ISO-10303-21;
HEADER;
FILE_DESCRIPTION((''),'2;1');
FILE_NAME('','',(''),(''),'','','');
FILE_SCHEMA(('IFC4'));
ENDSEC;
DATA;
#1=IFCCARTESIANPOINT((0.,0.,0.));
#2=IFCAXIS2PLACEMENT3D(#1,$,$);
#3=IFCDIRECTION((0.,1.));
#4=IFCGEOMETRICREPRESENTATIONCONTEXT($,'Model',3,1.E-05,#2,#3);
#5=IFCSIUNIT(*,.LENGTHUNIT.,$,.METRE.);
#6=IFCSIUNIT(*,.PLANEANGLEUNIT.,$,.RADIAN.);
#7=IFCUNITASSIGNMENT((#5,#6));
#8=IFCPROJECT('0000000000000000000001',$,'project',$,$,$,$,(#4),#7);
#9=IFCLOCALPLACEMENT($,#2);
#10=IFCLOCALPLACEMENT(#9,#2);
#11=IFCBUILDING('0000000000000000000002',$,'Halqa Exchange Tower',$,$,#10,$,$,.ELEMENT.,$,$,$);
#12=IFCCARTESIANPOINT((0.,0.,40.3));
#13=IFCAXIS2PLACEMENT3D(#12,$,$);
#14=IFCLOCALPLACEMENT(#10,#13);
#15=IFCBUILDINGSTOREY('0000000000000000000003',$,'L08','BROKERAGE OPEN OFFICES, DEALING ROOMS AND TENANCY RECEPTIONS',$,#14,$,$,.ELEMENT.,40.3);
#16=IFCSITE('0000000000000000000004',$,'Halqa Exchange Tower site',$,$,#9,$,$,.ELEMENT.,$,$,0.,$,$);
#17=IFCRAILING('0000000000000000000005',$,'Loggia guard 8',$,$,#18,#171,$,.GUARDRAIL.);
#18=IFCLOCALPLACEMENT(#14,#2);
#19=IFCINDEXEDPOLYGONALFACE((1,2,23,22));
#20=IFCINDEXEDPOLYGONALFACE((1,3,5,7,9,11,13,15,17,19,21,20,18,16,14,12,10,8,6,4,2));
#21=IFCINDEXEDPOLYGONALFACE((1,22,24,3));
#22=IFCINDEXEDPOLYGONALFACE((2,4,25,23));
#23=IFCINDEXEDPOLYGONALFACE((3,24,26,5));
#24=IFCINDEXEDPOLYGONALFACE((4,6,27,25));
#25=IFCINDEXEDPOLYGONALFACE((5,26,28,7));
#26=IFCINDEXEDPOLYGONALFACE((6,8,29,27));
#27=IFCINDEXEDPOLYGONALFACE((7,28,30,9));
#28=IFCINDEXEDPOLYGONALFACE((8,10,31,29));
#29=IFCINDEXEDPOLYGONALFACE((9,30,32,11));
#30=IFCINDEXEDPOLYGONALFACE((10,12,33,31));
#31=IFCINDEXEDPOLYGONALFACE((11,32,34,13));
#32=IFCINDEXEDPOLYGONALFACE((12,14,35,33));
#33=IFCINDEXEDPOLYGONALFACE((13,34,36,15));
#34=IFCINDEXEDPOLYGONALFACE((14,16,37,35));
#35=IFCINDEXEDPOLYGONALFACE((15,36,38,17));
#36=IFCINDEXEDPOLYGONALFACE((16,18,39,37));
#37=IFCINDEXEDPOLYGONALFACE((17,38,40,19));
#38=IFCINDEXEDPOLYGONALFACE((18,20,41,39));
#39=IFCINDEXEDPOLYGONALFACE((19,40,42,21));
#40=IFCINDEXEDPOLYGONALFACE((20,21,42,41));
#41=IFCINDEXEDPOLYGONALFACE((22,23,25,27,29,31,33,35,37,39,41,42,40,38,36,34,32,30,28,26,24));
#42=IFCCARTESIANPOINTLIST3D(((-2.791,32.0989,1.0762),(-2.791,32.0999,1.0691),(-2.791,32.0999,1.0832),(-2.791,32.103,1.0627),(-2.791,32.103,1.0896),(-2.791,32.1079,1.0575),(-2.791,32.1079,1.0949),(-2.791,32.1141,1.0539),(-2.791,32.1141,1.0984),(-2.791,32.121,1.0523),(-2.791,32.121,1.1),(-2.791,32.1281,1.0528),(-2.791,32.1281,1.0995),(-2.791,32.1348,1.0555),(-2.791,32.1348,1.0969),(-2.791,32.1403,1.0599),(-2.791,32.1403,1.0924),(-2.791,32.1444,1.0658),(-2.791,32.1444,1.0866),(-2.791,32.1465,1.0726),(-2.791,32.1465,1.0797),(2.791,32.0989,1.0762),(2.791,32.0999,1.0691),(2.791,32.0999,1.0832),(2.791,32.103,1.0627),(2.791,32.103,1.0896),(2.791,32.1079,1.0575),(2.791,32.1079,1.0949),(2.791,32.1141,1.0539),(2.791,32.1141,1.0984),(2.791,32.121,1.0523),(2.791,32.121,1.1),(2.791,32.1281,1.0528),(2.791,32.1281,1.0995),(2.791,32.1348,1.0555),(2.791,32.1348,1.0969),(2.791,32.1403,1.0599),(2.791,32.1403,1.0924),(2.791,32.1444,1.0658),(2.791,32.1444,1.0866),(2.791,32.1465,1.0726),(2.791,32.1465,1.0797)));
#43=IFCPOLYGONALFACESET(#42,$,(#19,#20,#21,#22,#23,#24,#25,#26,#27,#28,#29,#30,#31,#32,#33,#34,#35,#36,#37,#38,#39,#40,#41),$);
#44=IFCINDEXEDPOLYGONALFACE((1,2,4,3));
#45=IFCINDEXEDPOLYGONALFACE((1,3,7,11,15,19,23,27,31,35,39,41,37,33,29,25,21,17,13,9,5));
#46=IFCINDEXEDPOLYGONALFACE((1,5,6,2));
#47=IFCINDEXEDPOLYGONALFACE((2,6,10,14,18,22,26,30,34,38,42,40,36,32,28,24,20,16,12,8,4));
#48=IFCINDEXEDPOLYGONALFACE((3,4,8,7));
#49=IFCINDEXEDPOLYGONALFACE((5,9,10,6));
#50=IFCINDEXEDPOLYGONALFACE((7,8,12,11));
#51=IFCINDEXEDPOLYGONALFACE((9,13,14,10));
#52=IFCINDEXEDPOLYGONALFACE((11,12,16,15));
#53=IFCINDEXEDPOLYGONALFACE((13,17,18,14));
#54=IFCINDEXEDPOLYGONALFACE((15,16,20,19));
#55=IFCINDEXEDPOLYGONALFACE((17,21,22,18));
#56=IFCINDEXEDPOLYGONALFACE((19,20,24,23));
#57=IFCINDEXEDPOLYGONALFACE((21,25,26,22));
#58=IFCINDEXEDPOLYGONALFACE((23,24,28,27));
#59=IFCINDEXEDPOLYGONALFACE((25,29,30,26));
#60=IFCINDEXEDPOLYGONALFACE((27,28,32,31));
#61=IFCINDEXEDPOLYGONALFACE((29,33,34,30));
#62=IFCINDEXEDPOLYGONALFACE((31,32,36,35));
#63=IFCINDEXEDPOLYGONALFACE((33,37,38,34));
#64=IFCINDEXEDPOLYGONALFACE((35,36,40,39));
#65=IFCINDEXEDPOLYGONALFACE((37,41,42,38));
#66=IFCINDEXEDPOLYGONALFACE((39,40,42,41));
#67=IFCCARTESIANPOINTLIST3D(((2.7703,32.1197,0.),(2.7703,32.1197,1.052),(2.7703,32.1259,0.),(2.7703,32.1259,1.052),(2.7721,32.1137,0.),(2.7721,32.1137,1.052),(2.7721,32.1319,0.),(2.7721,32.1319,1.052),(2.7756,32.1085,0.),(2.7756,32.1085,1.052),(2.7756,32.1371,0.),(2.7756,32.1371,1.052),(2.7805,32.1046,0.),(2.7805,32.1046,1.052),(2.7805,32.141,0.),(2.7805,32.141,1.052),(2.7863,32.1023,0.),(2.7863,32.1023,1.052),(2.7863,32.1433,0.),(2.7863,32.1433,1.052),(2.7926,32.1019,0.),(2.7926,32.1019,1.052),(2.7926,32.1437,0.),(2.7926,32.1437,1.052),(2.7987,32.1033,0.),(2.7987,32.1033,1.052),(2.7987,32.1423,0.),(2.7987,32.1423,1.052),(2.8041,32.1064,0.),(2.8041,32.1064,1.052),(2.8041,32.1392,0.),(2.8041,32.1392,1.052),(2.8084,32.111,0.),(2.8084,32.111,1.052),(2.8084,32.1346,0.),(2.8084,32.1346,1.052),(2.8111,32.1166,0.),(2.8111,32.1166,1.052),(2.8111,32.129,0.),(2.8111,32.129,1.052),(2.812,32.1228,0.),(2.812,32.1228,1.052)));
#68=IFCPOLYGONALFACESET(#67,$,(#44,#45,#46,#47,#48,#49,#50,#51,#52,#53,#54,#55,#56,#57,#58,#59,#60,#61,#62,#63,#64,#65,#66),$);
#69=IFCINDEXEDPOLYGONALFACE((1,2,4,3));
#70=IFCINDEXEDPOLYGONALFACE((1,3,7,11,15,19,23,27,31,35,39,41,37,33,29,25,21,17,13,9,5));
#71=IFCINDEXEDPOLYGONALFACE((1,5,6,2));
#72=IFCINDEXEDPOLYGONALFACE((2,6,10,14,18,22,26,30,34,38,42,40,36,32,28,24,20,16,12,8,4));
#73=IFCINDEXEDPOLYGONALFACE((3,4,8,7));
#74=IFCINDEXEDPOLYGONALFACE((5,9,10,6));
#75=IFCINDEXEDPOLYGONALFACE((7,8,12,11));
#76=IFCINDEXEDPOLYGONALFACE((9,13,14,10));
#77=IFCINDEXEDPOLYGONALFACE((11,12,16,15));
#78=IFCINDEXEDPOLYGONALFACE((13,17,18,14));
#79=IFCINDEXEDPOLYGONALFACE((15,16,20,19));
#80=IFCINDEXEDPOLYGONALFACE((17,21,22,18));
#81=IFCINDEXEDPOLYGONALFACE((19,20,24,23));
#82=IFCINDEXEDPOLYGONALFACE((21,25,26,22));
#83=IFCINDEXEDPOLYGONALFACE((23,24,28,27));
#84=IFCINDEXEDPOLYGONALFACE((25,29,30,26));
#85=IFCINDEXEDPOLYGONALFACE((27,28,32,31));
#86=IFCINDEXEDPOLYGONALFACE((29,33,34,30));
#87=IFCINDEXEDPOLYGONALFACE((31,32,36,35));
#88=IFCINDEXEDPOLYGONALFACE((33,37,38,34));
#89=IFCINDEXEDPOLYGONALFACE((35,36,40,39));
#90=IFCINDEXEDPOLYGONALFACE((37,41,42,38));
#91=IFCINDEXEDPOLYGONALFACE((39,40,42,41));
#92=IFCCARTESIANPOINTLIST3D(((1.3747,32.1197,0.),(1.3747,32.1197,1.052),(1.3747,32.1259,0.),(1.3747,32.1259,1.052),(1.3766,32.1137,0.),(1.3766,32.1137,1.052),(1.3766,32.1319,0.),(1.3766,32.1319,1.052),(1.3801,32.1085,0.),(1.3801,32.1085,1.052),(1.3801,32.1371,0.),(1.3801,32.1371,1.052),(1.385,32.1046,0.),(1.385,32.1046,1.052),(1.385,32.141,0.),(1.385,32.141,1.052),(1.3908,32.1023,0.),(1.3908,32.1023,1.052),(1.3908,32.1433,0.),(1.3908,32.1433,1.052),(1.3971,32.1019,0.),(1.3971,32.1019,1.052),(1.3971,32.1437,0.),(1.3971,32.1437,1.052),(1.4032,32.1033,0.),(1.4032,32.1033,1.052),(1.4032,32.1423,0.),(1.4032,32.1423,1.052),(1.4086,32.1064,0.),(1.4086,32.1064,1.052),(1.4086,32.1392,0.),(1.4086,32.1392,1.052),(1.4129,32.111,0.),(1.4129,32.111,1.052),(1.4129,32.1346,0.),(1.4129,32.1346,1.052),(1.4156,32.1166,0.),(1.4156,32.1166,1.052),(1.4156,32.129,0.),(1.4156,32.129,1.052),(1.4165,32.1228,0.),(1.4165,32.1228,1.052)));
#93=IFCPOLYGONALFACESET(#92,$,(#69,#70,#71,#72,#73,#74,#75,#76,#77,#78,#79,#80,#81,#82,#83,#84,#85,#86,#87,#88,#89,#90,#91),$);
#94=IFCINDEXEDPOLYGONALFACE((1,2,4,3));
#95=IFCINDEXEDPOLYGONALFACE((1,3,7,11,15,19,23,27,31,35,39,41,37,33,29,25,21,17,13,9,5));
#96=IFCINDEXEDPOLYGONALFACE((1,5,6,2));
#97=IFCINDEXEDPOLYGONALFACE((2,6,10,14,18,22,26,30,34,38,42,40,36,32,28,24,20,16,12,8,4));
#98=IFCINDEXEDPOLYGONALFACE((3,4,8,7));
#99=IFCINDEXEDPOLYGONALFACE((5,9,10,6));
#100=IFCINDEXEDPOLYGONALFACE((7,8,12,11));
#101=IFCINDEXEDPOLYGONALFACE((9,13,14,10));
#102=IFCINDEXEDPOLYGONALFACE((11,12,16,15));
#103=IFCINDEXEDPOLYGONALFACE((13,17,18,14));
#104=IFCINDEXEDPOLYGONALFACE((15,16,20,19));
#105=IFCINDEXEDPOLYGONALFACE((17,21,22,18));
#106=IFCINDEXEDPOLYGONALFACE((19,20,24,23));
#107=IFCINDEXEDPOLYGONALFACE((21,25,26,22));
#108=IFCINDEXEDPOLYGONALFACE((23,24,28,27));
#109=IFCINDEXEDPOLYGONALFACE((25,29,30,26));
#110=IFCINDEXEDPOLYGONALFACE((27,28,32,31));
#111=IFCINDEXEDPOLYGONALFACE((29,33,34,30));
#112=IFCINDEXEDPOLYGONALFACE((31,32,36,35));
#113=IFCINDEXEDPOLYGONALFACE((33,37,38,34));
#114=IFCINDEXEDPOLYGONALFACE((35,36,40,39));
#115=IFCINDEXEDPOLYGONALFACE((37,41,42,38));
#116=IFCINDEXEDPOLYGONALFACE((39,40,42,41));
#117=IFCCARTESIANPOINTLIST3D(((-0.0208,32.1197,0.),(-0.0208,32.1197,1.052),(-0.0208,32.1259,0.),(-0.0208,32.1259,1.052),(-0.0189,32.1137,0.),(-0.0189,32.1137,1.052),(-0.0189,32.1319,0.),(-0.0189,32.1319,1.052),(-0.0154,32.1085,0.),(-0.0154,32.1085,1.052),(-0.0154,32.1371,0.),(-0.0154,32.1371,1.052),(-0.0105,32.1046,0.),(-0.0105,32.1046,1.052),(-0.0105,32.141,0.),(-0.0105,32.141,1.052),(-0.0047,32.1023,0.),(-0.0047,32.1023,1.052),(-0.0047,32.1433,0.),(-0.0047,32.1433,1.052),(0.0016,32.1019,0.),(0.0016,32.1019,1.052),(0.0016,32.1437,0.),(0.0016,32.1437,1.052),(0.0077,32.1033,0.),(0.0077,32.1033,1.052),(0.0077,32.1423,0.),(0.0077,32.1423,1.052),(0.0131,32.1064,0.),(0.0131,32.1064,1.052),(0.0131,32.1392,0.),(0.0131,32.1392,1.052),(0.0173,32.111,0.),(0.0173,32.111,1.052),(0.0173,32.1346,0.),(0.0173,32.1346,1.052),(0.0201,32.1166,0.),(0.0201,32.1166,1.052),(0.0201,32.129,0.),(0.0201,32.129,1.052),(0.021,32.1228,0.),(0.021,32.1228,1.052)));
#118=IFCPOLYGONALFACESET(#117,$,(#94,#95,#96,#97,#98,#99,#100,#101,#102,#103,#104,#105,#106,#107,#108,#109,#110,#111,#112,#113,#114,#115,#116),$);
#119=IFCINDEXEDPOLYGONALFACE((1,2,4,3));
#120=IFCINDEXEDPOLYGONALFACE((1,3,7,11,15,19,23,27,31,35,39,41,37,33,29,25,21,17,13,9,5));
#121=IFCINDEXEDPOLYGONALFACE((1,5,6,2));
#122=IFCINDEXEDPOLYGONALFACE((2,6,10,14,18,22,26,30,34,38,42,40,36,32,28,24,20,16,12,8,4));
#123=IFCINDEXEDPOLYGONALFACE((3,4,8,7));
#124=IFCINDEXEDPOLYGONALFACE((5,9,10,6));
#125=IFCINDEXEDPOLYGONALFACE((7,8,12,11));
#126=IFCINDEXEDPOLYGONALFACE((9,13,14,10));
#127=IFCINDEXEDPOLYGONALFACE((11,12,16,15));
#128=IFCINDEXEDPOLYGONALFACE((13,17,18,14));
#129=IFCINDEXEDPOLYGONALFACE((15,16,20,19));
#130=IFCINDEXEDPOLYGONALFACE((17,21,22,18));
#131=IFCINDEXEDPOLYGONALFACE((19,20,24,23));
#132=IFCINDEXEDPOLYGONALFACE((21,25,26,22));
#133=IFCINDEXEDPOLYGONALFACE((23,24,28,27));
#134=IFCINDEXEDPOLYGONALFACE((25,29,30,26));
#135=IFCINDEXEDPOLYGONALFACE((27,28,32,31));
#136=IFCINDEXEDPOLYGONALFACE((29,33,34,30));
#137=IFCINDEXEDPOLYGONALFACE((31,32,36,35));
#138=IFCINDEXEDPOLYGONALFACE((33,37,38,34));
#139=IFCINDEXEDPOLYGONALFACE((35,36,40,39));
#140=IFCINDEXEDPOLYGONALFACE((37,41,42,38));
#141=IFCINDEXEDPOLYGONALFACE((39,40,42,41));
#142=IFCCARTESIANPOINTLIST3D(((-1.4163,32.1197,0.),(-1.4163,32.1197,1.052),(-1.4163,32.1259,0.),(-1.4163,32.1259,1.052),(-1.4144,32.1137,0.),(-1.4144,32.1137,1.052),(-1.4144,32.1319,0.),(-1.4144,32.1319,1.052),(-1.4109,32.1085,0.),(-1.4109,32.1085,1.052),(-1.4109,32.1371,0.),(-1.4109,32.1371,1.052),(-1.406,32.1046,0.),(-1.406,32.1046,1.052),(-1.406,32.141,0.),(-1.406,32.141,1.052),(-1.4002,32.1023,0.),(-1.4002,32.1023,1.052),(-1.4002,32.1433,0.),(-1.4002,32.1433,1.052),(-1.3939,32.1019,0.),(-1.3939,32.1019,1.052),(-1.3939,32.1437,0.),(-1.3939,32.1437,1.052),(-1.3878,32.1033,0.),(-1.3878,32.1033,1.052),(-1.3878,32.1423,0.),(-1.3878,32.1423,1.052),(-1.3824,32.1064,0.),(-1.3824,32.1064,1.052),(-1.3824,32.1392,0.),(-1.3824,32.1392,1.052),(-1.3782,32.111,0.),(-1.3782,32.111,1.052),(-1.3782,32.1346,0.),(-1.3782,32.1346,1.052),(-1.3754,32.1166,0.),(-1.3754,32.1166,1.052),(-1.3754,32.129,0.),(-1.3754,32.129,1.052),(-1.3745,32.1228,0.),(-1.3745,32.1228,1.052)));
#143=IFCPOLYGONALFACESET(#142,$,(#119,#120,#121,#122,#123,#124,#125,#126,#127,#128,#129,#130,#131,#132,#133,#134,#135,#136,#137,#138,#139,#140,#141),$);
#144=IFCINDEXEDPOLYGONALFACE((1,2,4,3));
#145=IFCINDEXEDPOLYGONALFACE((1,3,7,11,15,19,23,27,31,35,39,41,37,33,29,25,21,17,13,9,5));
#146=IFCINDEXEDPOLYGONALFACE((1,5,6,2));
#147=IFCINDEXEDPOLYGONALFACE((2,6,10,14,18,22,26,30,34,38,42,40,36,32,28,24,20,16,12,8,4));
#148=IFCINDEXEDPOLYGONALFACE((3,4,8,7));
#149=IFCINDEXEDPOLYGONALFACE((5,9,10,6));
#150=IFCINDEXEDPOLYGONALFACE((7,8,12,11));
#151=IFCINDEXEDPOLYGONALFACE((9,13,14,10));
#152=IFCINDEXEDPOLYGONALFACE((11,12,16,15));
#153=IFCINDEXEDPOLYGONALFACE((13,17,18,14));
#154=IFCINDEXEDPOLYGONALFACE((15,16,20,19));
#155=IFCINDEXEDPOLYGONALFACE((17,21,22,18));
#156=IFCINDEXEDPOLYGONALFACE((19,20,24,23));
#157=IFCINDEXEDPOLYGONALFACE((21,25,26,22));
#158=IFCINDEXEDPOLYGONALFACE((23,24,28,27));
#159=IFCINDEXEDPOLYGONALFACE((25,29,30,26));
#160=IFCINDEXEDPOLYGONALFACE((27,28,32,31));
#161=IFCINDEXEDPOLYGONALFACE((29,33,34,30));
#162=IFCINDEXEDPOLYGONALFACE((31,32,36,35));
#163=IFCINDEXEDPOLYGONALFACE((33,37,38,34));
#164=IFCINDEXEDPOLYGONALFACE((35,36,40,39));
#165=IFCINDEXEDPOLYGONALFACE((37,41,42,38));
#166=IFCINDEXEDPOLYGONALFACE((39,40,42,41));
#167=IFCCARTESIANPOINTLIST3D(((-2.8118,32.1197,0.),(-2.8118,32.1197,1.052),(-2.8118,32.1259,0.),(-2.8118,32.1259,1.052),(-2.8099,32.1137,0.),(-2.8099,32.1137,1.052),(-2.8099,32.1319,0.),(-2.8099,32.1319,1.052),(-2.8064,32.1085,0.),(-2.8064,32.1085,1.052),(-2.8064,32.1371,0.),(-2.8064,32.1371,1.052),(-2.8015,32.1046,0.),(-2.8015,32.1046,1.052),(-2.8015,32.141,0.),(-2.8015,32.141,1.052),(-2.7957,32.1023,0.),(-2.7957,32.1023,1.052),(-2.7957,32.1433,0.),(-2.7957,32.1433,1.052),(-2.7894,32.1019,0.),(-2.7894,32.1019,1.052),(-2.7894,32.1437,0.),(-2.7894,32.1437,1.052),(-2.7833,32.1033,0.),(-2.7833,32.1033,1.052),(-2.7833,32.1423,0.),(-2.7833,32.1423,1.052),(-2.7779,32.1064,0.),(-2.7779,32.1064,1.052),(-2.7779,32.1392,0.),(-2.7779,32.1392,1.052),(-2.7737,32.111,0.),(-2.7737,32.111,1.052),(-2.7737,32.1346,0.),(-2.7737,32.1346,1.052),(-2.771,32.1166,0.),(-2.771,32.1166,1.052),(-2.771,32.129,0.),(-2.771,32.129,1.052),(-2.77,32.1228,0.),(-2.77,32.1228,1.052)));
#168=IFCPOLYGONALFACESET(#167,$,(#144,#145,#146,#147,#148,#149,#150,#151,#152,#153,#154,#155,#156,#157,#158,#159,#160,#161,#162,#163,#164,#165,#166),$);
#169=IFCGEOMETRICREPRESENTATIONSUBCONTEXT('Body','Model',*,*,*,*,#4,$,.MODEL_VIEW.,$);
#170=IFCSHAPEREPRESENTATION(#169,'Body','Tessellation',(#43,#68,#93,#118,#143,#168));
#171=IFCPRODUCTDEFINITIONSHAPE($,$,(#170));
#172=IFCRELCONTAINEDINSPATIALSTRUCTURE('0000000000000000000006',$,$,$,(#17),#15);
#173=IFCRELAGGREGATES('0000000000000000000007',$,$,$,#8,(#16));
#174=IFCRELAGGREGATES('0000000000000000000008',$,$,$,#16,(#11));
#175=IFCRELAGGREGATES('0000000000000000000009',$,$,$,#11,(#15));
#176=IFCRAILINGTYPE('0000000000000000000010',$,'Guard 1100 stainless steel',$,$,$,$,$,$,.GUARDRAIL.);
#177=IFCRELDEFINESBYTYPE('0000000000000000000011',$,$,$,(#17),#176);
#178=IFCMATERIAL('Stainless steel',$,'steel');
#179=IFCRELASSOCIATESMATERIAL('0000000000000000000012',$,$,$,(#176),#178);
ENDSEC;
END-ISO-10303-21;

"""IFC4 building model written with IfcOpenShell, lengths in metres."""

from ifc_helpers import new_model, si_unit, direction, frame, origin, origin_2d, place, context, subcontext, project, spatial, circle, extrude, material, type_object, element, save


model = new_model("IFC4")

# Units and contexts
model_context = context("Model", 3, precision=1e-05, world=origin(), true_north=direction((0.0, 1.0)))
body_context = subcontext(model_context, "Body", "Model", "MODEL_VIEW")
ifc_project = project(units=[si_unit("LENGTHUNIT", "METRE"), si_unit("PLANEANGLEUNIT", "RADIAN")], contexts=[model_context])

# Site, building, storey
site_placement = place(None, origin())
site = spatial("IfcSite", under=ifc_project, at=site_placement, Name="Halqa Exchange Tower site", CompositionType="ELEMENT", RefElevation=0.0)
building_placement = place(site_placement, origin())
building = spatial("IfcBuilding", under=site, at=building_placement, Name="Halqa Exchange Tower", CompositionType="ELEMENT")
storey_placement = place(building_placement, frame((0.0, 0.0, 40.3)))
storey = spatial("IfcBuildingStorey", under=building, at=storey_placement, Name="L08", Description="BROKERAGE OPEN OFFICES, DEALING ROOMS AND TENANCY RECEPTIONS", CompositionType="ELEMENT", Elevation=40.3)

# Railing
ifc_material_1 = material(Name="Stainless steel", Category="steel")
railing_type_1 = type_object("IfcRailingType", Name="Guard 1100 stainless steel", PredefinedType="GUARDRAIL", material=ifc_material_1)
railing_1_placement = place(storey_placement, frame((2.791, 32.1228, 0.0)))
element("IfcRailing", 1, at=railing_1_placement, inside=storey, type_object=railing_type_1, Name="Loggia guard 8", PredefinedType="GUARDRAIL", context=body_context, shape_type="SweptSolid", body=[
    extrude(circle(Radius=0.0239, at=origin_2d()), frame((0.0, 0.0, 1.0762), z_axis=(-1.0, 0.0, 0.0), x_axis=(0.0, -1.0, 0.0)), (0.0, 0.0, 1.0), 5.582),
    extrude(circle(Radius=0.021, at=origin_2d()), origin(), (0.0, 0.0, 1.0), 1.052),
    extrude(circle(Radius=0.021, at=origin_2d()), frame((-1.3955, 0.0, 0.0)), (0.0, 0.0, 1.0), 1.052),
    extrude(circle(Radius=0.021, at=origin_2d()), frame((-2.791, 0.0, 0.0)), (0.0, 0.0, 1.0), 1.052),
    extrude(circle(Radius=0.021, at=origin_2d()), frame((-4.1865, 0.0, 0.0)), (0.0, 0.0, 1.0), 1.052),
    extrude(circle(Radius=0.021, at=origin_2d()), frame((-5.582, 0.0, 0.0)), (0.0, 0.0, 1.0), 1.052),
])

save(model, "model.ifc")
